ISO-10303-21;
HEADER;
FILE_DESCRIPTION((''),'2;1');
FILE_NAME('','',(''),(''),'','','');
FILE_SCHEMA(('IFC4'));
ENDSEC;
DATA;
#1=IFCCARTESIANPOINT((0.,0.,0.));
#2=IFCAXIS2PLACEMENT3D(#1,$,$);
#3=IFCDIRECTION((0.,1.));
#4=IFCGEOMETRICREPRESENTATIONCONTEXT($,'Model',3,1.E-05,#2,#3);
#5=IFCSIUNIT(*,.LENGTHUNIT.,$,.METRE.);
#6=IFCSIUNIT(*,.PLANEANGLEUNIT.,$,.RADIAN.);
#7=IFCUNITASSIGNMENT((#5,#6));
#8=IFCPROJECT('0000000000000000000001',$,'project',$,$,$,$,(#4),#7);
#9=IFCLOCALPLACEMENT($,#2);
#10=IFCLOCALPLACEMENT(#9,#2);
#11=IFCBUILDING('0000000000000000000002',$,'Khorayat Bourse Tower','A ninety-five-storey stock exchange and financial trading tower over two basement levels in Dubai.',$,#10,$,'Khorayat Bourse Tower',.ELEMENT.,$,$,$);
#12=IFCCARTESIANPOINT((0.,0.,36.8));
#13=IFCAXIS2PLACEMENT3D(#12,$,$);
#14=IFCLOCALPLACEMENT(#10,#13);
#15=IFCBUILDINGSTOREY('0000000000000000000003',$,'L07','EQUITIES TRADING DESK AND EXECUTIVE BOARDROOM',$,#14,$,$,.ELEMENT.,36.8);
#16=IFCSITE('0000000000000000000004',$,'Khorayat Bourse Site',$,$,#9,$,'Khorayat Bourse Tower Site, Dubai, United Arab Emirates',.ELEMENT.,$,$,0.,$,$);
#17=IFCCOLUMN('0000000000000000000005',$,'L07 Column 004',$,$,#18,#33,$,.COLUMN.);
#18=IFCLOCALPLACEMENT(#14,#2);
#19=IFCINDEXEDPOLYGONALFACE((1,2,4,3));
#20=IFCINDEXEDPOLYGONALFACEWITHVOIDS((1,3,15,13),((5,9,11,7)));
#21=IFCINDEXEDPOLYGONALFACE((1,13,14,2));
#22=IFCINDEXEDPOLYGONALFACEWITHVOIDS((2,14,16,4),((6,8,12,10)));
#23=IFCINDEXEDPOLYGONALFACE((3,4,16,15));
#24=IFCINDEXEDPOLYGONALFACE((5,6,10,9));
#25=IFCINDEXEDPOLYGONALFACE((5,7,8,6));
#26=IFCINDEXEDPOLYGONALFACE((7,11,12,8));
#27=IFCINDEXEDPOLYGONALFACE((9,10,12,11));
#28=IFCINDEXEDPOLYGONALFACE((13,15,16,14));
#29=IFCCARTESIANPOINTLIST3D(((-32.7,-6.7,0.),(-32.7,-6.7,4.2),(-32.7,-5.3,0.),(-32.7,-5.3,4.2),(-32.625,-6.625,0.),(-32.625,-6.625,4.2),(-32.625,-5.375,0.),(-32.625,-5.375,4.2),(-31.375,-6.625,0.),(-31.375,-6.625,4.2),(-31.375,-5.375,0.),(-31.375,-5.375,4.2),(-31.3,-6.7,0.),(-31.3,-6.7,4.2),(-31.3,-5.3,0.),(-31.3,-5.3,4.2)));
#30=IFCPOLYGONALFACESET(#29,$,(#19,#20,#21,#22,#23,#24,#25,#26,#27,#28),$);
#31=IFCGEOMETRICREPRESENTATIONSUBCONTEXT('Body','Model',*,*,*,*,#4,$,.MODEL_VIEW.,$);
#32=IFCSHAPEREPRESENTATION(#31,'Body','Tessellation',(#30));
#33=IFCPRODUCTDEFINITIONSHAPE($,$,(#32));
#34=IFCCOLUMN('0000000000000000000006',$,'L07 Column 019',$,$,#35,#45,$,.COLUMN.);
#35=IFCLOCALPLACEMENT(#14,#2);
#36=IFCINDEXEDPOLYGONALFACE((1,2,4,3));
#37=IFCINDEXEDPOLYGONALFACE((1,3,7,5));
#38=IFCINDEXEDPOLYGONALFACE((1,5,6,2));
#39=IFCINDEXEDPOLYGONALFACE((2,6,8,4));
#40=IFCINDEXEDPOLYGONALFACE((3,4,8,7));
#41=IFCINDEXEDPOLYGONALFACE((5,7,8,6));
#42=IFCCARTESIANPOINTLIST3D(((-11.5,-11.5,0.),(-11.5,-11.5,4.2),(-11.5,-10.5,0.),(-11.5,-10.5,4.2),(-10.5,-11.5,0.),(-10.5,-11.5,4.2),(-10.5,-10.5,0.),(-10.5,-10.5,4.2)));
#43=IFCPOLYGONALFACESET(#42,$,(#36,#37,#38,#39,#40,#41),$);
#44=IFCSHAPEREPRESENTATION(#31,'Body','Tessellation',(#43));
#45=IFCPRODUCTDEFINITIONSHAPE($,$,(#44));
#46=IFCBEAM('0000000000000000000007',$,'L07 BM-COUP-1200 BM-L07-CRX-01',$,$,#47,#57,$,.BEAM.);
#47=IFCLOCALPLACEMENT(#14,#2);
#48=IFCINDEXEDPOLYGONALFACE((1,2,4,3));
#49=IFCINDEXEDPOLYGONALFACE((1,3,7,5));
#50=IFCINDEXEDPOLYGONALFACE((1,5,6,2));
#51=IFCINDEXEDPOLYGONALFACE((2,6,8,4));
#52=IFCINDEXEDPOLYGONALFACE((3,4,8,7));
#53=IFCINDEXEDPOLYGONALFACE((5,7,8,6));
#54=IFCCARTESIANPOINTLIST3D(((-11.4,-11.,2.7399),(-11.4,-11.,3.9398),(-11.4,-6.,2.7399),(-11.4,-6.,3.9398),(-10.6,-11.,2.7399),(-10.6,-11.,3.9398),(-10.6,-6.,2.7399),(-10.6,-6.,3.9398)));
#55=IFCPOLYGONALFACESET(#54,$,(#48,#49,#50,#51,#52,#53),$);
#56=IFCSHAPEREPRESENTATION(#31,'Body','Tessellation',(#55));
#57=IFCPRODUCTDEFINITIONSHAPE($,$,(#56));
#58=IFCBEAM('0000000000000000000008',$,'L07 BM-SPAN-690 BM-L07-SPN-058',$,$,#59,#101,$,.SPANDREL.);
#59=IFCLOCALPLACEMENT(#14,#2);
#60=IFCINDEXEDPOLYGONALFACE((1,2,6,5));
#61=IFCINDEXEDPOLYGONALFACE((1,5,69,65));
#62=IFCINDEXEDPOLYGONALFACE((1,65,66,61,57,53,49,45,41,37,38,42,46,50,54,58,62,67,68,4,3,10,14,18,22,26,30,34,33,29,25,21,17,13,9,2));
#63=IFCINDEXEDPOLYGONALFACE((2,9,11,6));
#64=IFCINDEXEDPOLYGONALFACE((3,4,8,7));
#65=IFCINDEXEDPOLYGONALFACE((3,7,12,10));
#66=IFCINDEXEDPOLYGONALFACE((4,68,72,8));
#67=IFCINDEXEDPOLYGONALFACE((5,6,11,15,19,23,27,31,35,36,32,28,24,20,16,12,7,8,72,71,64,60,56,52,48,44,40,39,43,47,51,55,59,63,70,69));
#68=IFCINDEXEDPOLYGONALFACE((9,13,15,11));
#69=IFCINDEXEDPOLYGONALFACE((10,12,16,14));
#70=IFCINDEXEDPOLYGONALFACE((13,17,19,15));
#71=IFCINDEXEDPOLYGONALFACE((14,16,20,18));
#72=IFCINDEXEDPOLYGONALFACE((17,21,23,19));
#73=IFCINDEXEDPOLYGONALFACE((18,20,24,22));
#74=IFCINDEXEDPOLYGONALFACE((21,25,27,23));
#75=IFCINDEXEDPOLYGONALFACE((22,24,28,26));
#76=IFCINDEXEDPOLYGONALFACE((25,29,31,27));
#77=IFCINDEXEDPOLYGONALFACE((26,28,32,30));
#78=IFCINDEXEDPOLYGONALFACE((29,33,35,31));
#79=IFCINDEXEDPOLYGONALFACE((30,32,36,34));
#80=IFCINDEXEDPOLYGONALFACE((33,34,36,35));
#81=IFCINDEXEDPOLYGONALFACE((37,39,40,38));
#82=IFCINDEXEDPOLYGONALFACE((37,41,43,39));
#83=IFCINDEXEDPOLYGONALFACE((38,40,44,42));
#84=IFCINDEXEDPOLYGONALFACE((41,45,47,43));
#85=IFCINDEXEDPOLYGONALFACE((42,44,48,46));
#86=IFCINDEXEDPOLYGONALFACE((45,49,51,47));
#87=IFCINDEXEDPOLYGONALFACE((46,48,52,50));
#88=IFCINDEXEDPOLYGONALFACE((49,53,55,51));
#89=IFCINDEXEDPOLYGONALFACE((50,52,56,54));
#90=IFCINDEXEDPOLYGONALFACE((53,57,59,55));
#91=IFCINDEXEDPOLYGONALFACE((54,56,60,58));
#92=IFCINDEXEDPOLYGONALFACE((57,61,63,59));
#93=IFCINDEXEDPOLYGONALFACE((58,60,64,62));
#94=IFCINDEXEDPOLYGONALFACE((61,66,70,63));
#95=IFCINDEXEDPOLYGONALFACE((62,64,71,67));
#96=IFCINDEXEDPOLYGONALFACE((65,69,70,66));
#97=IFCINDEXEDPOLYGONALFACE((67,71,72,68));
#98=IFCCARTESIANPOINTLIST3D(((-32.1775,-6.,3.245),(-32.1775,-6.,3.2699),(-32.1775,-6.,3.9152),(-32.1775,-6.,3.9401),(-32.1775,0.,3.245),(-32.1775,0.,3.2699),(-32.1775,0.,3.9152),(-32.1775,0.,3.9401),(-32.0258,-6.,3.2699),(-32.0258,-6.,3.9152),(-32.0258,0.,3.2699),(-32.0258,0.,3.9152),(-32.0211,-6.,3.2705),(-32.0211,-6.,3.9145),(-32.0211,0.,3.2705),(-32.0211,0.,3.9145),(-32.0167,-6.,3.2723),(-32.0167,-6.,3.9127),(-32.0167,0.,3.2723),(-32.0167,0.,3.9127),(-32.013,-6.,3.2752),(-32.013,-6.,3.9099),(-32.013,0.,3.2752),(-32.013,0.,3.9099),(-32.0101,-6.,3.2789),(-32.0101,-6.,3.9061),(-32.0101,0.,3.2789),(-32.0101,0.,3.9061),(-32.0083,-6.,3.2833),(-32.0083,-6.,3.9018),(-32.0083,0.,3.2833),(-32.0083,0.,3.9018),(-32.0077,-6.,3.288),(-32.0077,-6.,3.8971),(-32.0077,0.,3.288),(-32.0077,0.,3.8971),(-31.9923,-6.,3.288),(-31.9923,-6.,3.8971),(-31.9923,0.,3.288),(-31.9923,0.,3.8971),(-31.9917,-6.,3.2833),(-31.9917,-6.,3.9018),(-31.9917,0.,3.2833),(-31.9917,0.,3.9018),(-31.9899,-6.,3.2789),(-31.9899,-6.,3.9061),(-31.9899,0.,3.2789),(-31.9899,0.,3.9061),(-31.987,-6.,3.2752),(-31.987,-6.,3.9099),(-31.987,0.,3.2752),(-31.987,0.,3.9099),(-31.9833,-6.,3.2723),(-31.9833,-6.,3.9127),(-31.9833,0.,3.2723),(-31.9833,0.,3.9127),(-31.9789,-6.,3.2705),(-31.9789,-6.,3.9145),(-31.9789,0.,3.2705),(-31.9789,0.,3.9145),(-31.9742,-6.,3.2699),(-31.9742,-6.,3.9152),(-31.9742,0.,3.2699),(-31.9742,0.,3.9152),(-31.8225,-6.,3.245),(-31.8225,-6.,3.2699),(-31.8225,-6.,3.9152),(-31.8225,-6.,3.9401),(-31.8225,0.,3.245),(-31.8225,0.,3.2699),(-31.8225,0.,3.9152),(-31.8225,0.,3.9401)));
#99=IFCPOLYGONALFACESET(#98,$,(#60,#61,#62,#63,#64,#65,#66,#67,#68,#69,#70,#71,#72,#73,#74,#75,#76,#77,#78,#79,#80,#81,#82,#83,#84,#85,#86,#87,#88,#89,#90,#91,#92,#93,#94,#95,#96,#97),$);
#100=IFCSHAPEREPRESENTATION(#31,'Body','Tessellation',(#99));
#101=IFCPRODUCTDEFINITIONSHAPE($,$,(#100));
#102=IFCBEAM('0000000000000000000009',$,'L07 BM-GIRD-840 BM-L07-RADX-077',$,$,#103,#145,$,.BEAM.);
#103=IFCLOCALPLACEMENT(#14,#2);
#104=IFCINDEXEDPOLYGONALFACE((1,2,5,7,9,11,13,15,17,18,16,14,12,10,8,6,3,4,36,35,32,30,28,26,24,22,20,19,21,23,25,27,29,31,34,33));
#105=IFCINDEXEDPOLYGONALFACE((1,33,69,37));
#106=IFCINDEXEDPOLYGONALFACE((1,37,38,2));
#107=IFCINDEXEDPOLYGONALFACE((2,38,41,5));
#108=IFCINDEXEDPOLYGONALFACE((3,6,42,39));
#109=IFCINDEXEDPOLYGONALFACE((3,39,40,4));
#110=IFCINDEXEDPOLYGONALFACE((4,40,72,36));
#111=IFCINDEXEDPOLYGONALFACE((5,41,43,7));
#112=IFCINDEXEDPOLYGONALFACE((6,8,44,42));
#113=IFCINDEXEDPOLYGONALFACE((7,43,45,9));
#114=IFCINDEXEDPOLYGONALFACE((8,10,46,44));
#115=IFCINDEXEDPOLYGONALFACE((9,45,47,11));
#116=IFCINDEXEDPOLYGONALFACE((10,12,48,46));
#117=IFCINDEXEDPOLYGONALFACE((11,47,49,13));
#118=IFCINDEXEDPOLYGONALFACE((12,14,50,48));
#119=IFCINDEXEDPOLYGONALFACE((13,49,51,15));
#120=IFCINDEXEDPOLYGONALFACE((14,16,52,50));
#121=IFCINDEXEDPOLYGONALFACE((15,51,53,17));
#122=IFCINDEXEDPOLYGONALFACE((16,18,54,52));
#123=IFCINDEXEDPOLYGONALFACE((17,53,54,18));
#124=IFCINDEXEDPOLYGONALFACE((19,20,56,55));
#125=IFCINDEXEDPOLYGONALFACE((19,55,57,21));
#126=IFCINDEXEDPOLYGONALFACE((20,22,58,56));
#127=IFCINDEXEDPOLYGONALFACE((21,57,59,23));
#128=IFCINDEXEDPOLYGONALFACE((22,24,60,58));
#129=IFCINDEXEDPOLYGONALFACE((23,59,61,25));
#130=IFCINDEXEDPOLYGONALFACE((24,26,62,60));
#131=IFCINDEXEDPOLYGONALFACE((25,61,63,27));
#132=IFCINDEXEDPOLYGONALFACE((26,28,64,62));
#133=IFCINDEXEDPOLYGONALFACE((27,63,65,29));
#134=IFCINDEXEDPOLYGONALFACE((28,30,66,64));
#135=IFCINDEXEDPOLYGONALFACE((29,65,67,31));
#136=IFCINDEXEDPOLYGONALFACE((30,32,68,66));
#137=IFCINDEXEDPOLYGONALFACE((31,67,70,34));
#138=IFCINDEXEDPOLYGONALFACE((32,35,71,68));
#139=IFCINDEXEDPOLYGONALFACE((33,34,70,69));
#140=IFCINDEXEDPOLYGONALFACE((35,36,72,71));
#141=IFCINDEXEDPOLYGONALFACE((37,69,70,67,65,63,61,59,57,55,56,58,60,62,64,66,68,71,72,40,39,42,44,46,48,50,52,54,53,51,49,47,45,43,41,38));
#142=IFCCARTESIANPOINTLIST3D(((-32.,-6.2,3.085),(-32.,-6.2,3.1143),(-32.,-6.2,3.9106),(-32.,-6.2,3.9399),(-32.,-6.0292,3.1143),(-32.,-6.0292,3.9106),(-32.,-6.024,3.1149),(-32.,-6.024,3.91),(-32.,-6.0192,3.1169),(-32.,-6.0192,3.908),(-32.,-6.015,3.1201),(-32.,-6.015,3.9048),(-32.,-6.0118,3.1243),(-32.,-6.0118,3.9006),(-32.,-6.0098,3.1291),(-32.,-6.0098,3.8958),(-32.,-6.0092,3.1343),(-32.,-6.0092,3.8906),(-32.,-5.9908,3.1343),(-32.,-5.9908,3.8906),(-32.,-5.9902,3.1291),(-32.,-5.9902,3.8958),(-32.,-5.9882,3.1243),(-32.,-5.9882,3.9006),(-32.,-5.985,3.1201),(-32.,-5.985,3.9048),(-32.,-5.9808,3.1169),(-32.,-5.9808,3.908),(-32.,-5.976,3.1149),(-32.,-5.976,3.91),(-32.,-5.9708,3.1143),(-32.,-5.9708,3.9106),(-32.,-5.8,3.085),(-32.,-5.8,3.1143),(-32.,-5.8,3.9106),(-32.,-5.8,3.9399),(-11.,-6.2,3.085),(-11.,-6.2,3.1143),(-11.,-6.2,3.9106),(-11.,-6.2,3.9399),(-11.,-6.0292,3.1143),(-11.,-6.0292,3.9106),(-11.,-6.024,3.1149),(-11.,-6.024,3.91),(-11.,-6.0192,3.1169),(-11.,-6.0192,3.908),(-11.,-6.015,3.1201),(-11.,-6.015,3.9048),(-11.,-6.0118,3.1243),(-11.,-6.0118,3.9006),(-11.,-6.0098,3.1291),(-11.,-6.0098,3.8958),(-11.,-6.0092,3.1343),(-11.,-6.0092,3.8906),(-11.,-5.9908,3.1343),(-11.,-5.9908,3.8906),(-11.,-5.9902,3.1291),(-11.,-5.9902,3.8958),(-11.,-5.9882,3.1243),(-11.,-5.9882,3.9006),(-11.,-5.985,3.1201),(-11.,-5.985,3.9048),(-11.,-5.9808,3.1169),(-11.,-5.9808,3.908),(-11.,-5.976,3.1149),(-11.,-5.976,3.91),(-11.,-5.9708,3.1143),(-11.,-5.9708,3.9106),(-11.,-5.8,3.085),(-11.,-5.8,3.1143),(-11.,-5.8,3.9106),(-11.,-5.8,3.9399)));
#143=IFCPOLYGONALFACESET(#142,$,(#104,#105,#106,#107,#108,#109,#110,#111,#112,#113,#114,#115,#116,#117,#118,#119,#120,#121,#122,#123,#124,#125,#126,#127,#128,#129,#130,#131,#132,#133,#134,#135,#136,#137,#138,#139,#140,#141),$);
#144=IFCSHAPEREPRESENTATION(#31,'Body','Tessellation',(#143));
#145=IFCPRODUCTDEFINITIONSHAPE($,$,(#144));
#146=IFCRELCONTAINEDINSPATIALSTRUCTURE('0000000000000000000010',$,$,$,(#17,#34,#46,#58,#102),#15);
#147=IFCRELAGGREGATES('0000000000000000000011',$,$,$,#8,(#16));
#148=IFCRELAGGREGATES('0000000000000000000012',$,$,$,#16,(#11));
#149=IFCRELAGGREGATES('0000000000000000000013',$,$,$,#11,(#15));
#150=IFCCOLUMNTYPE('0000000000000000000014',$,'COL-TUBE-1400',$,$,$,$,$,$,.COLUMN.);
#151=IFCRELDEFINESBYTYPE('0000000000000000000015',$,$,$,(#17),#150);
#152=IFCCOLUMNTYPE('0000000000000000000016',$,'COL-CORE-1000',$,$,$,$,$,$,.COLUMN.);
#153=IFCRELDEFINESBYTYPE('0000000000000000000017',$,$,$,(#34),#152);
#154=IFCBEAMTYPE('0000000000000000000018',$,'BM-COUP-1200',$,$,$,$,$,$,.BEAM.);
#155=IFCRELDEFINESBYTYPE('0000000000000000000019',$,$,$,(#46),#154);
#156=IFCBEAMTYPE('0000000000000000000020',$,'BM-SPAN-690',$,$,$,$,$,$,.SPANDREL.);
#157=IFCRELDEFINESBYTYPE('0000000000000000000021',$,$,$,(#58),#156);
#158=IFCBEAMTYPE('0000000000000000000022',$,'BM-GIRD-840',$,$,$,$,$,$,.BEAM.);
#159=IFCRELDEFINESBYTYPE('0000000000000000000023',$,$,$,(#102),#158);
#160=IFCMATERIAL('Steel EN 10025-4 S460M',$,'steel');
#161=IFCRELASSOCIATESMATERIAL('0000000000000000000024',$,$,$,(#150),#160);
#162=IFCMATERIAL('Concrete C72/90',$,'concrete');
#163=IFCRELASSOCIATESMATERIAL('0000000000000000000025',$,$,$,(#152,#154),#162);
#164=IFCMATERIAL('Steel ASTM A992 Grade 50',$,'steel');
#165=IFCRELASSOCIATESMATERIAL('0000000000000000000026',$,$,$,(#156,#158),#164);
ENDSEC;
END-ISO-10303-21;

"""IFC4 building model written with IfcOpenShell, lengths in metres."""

from ifc_helpers import new_model, si_unit, direction, frame, origin, origin_2d, place, context, subcontext, project, spatial, rectangle, hollow_rectangle, i_section, extrude, source, transform, mapped, material, material_profile, profile_set, type_object, element, save


model = new_model("IFC4")

# Units and contexts
model_context = context("Model", 3, precision=1e-05, world=origin(), true_north=direction((0.0, 1.0)))
body_context = subcontext(model_context, "Body", "Model", "MODEL_VIEW")
ifc_project = project(units=[si_unit("LENGTHUNIT", "METRE"), si_unit("PLANEANGLEUNIT", "RADIAN")], contexts=[model_context])

# Site, building, storey
site_placement = place(None, origin())
site = spatial("IfcSite", under=ifc_project, at=site_placement, Name="Khorayat Bourse Site", LongName="Khorayat Bourse Tower Site, Dubai, United Arab Emirates", CompositionType="ELEMENT", RefElevation=0.0)
building_placement = place(site_placement, origin())
building = spatial("IfcBuilding", under=site, at=building_placement, Name="Khorayat Bourse Tower", Description="A ninety-five-storey stock exchange and financial trading tower over two basement levels in Dubai.", LongName="Khorayat Bourse Tower", CompositionType="ELEMENT")
storey_placement = place(building_placement, frame((0.0, 0.0, 36.8)))
storey = spatial("IfcBuildingStorey", under=building, at=storey_placement, Name="L07", Description="EQUITIES TRADING DESK AND EXECUTIVE BOARDROOM", CompositionType="ELEMENT", Elevation=36.8)

# Columns
ifc_material_1 = material(Name="Steel EN 10025-4 S460M", Category="steel")
ifc_material_profile_1 = material_profile(ifc_material_1, hollow_rectangle(XDim=1.3999, YDim=1.3999, WallThickness=0.075, at=origin_2d()), Name="BOX 1400x1400x75")
ifc_profile_set_1 = profile_set([ifc_material_profile_1], Name="Steel EN 10025-4 S460M")
column_type_1 = type_object("IfcColumnType", Name="COL-TUBE-1400", PredefinedType="COLUMN", material=ifc_profile_set_1)
shared_shape_1 = source(origin(), body_context, "Body", "SweptSolid", [
    extrude(hollow_rectangle(XDim=1.3999, YDim=1.3999, WallThickness=0.075, at=origin_2d()), origin(), (0.0, 0.0, 1.0), 4.2),
])
column_1_placement = place(storey_placement, frame((-32.0, -6.0, 0.0), z_axis=(0.0, 0.0, 1.0), x_axis=(1.0, 0.0, 0.0)))
element("IfcColumn", 1, at=column_1_placement, inside=storey, type_object=column_type_1, Name="L07 Column 004", PredefinedType="COLUMN", context=body_context, shape_type="MappedRepresentation", body=[
    mapped(shared_shape_1, transform((0.0, 0.0, 0.0), scale=1.0)),
])
ifc_material_2 = material(Name="Concrete C72/90", Category="concrete")
ifc_material_profile_2 = material_profile(ifc_material_2, rectangle(XDim=1.0, YDim=1.0, at=origin_2d()), Name="RC 1000x1000")
ifc_profile_set_2 = profile_set([ifc_material_profile_2], Name="Concrete C72/90")
column_type_2 = type_object("IfcColumnType", Name="COL-CORE-1000", PredefinedType="COLUMN", material=ifc_profile_set_2)
shared_shape_2 = source(origin(), body_context, "Body", "SweptSolid", [
    extrude(rectangle(XDim=1.0, YDim=1.0, at=origin_2d()), origin(), (0.0, 0.0, 1.0), 4.2),
])
column_2_placement = place(storey_placement, frame((-11.0, -11.0, 0.0), z_axis=(0.0, 0.0, 1.0), x_axis=(1.0, 0.0, 0.0)))
element("IfcColumn", 2, at=column_2_placement, inside=storey, type_object=column_type_2, Name="L07 Column 019", PredefinedType="COLUMN", context=body_context, shape_type="MappedRepresentation", body=[
    mapped(shared_shape_2, transform((0.0, 0.0, 0.0), scale=1.0)),
])

# Beams
ifc_material_profile_3 = material_profile(ifc_material_2, rectangle(XDim=0.8, YDim=1.2, at=origin_2d()), Name="RC 800x1200")
ifc_profile_set_3 = profile_set([ifc_material_profile_3], Name="Concrete C72/90")
beam_type_1 = type_object("IfcBeamType", Name="BM-COUP-1200", PredefinedType="BEAM", material=ifc_profile_set_3)
shared_shape_3 = source(origin(), body_context, "Body", "SweptSolid", [
    extrude(rectangle(XDim=0.8, YDim=1.2, at=origin_2d()), origin(), (0.0, 0.0, 1.0), 5.0),
])
beam_1_placement = place(storey_placement, frame((-11.0, -11.0, 3.3398), z_axis=(0.0, 1.0, 0.0), x_axis=(-1.0, 0.0, 0.0)))
element("IfcBeam", 3, at=beam_1_placement, inside=storey, type_object=beam_type_1, Name="L07 BM-COUP-1200 BM-L07-CRX-01", PredefinedType="BEAM", context=body_context, shape_type="MappedRepresentation", body=[
    mapped(shared_shape_3, transform((0.0, 0.0, 0.0), scale=1.0)),
])
ifc_material_3 = material(Name="Steel ASTM A992 Grade 50", Category="steel")
ifc_material_profile_4 = material_profile(ifc_material_3, i_section(OverallWidth=0.355, OverallDepth=0.6951, WebThickness=0.0154, FlangeThickness=0.0249, FilletRadius=0.0181, at=origin_2d()), Name="W690X217")
ifc_profile_set_4 = profile_set([ifc_material_profile_4], Name="Steel ASTM A992 Grade 50")
beam_type_2 = type_object("IfcBeamType", Name="BM-SPAN-690", PredefinedType="SPANDREL", material=ifc_profile_set_4)
shared_shape_4 = source(origin(), body_context, "Body", "SweptSolid", [
    extrude(i_section(OverallWidth=0.355, OverallDepth=0.6951, WebThickness=0.0154, FlangeThickness=0.0249, FilletRadius=0.0181, at=origin_2d()), origin(), (0.0, 0.0, 1.0), 6.0),
])
beam_2_placement = place(storey_placement, frame((-32.0, -6.0, 3.5925), z_axis=(0.0, 1.0, 0.0), x_axis=(-1.0, 0.0, 0.0)))
element("IfcBeam", 4, at=beam_2_placement, inside=storey, type_object=beam_type_2, Name="L07 BM-SPAN-690 BM-L07-SPN-058", PredefinedType="SPANDREL", context=body_context, shape_type="MappedRepresentation", body=[
    mapped(shared_shape_4, transform((0.0, 0.0, 0.0), scale=1.0)),
])
ifc_material_profile_5 = material_profile(ifc_material_3, i_section(OverallWidth=0.3999, OverallDepth=0.855, WebThickness=0.0183, FlangeThickness=0.0293, FilletRadius=0.02, at=origin_2d()), Name="W840X299")
ifc_profile_set_5 = profile_set([ifc_material_profile_5], Name="Steel ASTM A992 Grade 50")
beam_type_3 = type_object("IfcBeamType", Name="BM-GIRD-840", PredefinedType="BEAM", material=ifc_profile_set_5)
shared_shape_5 = source(origin(), body_context, "Body", "SweptSolid", [
    extrude(i_section(OverallWidth=0.3999, OverallDepth=0.855, WebThickness=0.0183, FlangeThickness=0.0293, FilletRadius=0.02, at=origin_2d()), origin(), (0.0, 0.0, 1.0), 21.0),
])
beam_3_placement = place(storey_placement, frame((-32.0, -6.0, 3.5125), z_axis=(1.0, 0.0, 0.0), x_axis=(0.0, 1.0, 0.0)))
element("IfcBeam", 5, at=beam_3_placement, inside=storey, type_object=beam_type_3, Name="L07 BM-GIRD-840 BM-L07-RADX-077", PredefinedType="BEAM", context=body_context, shape_type="MappedRepresentation", body=[
    mapped(shared_shape_5, transform((0.0, 0.0, 0.0), scale=1.0)),
])

save(model, "model.ifc")
